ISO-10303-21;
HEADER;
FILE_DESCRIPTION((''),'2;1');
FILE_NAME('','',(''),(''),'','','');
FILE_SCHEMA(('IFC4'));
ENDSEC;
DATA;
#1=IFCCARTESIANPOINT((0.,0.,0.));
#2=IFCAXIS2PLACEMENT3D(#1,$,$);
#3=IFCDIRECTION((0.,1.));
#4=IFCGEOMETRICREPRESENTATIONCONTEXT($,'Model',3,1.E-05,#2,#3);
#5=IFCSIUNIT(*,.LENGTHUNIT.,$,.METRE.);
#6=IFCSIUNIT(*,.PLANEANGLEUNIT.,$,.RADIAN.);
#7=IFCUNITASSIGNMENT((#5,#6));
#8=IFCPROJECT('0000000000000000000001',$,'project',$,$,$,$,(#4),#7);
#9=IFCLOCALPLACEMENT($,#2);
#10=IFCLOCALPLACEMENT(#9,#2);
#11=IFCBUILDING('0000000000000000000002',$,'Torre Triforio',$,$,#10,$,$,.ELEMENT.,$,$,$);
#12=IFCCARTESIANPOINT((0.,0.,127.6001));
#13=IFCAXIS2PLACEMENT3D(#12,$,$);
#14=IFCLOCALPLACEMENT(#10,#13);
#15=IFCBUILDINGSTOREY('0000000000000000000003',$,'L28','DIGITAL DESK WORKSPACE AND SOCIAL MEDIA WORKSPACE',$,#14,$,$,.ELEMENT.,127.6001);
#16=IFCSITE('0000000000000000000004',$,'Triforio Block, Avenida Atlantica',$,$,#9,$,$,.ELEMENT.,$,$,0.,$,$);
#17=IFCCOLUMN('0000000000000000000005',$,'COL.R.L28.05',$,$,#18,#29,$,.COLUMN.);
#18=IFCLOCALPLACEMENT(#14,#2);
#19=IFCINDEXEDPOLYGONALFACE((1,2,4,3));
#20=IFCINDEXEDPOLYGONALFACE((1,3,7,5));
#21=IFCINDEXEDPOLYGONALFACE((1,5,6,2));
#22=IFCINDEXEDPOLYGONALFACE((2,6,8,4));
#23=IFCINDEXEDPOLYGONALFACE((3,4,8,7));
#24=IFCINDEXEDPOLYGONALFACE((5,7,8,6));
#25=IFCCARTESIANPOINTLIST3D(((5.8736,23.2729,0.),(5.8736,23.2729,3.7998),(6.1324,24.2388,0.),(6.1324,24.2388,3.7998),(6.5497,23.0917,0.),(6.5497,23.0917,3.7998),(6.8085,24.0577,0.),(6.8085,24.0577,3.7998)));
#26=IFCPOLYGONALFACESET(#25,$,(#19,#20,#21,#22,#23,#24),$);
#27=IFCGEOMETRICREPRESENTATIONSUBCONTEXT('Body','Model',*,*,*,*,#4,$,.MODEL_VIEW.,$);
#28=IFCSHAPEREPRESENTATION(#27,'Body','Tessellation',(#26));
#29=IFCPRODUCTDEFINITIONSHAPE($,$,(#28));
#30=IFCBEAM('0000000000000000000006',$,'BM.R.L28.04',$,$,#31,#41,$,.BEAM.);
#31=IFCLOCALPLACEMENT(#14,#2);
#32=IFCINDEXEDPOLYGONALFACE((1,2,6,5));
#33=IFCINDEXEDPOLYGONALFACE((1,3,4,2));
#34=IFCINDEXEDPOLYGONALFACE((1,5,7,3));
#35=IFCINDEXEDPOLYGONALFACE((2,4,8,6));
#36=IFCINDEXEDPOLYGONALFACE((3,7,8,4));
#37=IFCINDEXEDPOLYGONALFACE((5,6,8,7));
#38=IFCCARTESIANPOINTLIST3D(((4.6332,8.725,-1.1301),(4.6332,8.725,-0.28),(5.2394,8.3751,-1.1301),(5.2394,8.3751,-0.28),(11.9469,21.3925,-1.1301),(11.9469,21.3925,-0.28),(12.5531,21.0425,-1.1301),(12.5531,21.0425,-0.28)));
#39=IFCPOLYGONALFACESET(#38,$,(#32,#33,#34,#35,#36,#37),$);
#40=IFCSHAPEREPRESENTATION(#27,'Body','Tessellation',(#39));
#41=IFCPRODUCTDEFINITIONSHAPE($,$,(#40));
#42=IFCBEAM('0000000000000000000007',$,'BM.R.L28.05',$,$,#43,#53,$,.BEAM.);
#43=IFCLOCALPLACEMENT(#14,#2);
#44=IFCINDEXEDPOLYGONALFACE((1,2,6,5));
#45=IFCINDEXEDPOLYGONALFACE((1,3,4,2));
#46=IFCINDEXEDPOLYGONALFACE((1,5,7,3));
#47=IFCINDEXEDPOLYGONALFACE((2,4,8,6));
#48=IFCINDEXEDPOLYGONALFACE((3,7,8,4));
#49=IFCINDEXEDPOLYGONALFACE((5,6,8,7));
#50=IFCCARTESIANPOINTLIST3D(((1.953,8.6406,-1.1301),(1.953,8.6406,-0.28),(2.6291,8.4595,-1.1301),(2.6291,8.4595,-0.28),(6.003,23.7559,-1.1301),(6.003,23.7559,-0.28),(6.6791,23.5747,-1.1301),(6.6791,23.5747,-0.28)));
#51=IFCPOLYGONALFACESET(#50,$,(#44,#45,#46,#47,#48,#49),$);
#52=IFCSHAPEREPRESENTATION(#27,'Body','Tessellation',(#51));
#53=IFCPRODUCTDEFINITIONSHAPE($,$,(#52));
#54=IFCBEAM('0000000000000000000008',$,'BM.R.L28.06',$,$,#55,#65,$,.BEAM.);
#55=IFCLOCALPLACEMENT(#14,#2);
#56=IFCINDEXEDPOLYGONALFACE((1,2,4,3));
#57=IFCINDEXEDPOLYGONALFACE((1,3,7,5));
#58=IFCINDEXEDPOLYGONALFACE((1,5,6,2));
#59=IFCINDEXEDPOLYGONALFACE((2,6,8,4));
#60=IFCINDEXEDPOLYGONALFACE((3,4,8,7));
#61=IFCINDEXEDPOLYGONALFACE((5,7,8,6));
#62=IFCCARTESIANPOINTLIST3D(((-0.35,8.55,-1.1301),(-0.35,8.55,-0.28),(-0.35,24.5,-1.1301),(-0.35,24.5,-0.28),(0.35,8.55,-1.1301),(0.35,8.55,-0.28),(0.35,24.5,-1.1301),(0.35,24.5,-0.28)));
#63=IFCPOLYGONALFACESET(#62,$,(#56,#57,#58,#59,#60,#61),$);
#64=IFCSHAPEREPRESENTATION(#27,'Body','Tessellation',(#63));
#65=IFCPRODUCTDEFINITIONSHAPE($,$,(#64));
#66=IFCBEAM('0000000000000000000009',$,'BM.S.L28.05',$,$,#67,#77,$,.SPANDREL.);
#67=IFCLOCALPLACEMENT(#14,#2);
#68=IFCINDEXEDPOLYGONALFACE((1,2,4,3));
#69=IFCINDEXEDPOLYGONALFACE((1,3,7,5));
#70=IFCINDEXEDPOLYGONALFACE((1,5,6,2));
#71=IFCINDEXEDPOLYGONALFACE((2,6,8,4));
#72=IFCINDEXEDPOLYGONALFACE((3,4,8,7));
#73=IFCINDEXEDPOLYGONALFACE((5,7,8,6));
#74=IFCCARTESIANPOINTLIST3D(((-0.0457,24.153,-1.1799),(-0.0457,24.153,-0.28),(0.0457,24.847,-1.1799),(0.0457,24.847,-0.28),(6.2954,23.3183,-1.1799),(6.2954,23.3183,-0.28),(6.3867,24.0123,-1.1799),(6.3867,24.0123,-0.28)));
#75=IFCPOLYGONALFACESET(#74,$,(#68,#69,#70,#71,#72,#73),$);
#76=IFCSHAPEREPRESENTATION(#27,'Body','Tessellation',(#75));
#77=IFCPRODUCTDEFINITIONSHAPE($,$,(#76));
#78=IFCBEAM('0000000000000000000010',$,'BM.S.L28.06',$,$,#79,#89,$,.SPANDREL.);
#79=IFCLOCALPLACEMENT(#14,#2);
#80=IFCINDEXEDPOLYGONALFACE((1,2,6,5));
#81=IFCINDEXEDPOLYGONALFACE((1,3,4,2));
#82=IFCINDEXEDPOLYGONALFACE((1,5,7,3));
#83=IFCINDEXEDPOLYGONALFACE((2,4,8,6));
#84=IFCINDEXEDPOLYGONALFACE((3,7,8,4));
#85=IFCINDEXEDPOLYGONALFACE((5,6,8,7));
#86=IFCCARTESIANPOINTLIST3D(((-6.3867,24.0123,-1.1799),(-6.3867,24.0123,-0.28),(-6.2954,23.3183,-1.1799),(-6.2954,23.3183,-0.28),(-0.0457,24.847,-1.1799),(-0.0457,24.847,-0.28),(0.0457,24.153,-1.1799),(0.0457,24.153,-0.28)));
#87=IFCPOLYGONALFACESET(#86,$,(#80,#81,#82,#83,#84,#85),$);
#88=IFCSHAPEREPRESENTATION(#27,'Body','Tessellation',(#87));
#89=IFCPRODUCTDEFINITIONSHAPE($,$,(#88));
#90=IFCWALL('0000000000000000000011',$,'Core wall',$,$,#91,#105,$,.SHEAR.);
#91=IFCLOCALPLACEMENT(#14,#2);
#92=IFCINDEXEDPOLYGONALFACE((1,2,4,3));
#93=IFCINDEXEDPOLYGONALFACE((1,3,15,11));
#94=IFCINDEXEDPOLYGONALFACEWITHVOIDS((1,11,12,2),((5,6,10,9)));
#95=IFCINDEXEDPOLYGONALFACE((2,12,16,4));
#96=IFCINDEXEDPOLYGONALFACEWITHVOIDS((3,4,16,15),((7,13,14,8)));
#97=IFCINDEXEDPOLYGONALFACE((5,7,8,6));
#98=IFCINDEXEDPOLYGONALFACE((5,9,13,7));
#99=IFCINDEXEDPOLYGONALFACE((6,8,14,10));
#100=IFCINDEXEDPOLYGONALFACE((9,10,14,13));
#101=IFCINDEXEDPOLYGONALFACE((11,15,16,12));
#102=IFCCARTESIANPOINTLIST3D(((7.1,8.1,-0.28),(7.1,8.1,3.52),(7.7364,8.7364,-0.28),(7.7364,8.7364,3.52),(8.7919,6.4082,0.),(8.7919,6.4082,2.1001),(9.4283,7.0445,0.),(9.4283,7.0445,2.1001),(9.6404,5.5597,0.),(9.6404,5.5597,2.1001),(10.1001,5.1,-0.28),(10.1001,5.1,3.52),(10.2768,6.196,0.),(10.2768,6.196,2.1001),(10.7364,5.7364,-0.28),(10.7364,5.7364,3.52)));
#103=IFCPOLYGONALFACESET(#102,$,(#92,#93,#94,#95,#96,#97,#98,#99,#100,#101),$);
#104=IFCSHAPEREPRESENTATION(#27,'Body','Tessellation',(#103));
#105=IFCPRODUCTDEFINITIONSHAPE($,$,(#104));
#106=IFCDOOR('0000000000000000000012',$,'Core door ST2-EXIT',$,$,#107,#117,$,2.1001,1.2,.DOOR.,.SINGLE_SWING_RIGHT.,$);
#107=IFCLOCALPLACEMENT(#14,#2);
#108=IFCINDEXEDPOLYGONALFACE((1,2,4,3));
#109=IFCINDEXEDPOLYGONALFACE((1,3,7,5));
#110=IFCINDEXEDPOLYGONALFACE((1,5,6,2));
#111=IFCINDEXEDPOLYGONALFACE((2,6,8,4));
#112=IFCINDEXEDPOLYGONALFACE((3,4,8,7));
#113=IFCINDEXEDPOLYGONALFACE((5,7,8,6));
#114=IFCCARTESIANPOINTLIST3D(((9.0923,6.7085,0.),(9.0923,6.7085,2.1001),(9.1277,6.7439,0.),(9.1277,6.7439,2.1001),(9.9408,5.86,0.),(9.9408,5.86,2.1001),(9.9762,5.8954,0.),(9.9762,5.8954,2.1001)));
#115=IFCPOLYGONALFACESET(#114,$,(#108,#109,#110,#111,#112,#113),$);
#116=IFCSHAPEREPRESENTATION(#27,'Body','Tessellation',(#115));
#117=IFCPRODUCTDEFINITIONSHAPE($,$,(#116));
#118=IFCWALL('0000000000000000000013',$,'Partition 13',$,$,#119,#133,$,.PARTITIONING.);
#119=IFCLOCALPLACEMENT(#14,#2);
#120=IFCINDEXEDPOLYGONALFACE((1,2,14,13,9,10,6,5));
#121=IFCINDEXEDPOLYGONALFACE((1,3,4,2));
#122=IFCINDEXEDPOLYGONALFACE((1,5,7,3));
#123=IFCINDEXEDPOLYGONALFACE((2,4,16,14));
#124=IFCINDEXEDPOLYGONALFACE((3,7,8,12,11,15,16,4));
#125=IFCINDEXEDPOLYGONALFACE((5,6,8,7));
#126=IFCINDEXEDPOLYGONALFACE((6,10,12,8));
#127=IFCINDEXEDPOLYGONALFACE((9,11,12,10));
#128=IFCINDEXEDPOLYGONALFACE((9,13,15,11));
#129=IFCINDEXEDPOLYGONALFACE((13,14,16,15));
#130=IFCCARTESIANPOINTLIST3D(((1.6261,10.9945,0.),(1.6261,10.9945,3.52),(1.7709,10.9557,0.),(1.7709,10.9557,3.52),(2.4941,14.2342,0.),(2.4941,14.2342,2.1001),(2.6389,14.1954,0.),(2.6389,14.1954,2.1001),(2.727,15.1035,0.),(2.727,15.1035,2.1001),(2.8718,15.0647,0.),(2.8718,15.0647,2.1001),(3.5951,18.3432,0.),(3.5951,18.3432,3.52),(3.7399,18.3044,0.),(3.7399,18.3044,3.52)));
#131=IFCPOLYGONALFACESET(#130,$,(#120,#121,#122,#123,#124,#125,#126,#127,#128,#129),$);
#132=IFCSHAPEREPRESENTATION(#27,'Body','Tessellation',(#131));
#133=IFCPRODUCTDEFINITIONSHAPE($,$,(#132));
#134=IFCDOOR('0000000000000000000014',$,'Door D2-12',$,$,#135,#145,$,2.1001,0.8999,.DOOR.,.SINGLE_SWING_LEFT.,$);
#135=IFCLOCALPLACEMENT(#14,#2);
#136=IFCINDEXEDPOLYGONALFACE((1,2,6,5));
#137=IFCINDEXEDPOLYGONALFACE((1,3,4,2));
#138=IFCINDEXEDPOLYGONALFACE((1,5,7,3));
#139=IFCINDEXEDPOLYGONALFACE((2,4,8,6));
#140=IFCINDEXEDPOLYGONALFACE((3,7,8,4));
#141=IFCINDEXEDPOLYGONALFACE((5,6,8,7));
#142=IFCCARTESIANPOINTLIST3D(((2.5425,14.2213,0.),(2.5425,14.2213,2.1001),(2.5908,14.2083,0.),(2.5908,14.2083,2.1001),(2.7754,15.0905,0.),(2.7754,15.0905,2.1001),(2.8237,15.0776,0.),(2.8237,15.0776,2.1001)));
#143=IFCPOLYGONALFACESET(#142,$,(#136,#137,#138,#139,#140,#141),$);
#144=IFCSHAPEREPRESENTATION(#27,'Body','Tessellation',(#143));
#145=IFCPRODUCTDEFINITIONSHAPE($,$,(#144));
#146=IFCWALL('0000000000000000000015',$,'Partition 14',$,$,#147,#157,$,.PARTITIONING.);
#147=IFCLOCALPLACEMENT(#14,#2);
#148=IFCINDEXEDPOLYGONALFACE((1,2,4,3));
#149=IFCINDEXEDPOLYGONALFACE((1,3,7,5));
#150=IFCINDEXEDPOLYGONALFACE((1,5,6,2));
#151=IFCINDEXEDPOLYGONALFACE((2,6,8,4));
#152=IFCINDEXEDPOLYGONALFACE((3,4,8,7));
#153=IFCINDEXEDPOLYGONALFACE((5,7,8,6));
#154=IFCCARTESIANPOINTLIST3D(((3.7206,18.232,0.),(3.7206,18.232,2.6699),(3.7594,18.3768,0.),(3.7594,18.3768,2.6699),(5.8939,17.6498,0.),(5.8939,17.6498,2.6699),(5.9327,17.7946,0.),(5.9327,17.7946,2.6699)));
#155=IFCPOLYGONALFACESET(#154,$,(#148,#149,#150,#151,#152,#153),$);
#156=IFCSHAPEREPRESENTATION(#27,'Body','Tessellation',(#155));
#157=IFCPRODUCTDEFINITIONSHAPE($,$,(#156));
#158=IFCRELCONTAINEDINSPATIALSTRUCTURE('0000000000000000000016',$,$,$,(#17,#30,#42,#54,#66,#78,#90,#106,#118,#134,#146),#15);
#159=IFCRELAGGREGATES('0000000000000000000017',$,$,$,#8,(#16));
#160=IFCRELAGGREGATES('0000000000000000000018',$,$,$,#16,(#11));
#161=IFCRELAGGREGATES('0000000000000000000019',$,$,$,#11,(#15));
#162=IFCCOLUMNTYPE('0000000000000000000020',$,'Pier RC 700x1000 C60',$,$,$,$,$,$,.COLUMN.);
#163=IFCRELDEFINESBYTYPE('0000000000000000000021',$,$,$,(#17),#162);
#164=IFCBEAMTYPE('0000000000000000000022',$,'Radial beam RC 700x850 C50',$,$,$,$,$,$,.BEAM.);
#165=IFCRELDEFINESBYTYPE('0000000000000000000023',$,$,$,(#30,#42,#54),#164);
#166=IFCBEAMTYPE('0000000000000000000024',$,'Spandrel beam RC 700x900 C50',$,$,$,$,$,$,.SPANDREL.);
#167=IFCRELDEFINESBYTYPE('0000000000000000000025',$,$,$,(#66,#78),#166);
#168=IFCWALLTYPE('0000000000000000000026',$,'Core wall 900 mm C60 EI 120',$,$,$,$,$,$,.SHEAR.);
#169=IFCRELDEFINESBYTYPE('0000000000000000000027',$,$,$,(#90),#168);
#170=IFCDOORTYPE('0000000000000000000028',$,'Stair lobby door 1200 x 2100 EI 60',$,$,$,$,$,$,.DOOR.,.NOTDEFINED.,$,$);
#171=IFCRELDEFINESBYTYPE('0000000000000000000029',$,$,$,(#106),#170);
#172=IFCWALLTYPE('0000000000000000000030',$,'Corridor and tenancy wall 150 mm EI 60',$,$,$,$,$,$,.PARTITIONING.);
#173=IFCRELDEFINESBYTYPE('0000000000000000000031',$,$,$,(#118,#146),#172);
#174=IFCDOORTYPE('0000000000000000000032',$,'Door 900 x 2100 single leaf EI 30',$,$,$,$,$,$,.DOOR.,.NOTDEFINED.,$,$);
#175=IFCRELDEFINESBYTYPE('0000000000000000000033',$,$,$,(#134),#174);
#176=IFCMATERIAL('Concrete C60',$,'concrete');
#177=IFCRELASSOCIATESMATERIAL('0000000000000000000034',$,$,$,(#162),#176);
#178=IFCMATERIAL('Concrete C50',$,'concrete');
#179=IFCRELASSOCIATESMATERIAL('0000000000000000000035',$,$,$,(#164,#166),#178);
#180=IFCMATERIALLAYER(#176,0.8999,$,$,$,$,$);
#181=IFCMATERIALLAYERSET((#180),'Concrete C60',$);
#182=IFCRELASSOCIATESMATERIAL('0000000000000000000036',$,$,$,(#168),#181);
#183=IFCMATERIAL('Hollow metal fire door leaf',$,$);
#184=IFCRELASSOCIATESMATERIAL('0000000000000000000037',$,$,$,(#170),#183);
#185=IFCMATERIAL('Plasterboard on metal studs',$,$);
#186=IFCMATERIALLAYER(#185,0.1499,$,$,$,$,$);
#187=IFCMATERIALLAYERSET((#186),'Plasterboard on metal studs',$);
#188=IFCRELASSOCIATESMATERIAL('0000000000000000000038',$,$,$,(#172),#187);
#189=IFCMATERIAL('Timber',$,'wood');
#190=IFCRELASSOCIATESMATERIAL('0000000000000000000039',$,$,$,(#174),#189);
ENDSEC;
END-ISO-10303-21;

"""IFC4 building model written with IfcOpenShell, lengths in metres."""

from ifc_helpers import new_model, si_unit, direction, frame, frame_2d, origin, origin_2d, place, context, subcontext, project, spatial, rectangle, extrude, material, layer, layer_set, material_profile, profile_set, type_object, element, fill, save


model = new_model("IFC4")

# Units and contexts
model_context = context("Model", 3, precision=1e-05, world=origin(), true_north=direction((0.0, 1.0)))
body_context = subcontext(model_context, "Body", "Model", "MODEL_VIEW")
ifc_project = project(units=[si_unit("LENGTHUNIT", "METRE"), si_unit("PLANEANGLEUNIT", "RADIAN")], contexts=[model_context])

# Site, building, storey
site_placement = place(None, origin())
site = spatial("IfcSite", under=ifc_project, at=site_placement, Name="Triforio Block, Avenida Atlantica", CompositionType="ELEMENT", RefElevation=0.0)
building_placement = place(site_placement, origin())
building = spatial("IfcBuilding", under=site, at=building_placement, Name="Torre Triforio", CompositionType="ELEMENT")
storey_placement = place(building_placement, frame((0.0, 0.0, 127.6001)))
storey = spatial("IfcBuildingStorey", under=building, at=storey_placement, Name="L28", Description="DIGITAL DESK WORKSPACE AND SOCIAL MEDIA WORKSPACE", CompositionType="ELEMENT", Elevation=127.6001)

# Column
ifc_material_1 = material(Name="Concrete C60", Category="concrete")
ifc_material_profile_1 = material_profile(ifc_material_1, rectangle(XDim=0.7, YDim=1.0, at=origin_2d()), Name="RC 700x1000")
ifc_profile_set_1 = profile_set([ifc_material_profile_1], Name="Concrete C60")
column_type = type_object("IfcColumnType", Name="Pier RC 700x1000 C60", PredefinedType="COLUMN", material=ifc_profile_set_1)
column_placement = place(storey_placement, frame((6.3411, 23.6653, 0.0), z_axis=(0.0, 0.0, 1.0), x_axis=(-0.965926, 0.258819, 0.0)))
element("IfcColumn", 1, at=column_placement, inside=storey, type_object=column_type, Name="COL.R.L28.05", PredefinedType="COLUMN", context=body_context, shape_type="SweptSolid", body=[
    extrude(rectangle(XDim=0.7, YDim=1.0, at=origin_2d()), origin(), (0.0, 0.0, 1.0), 3.7998),
])

# Beams
ifc_material_2 = material(Name="Concrete C50", Category="concrete")
ifc_material_profile_2 = material_profile(ifc_material_2, rectangle(XDim=0.7, YDim=0.8501, at=origin_2d()), Name="RC 700x850")
ifc_profile_set_2 = profile_set([ifc_material_profile_2], Name="Concrete C50")
beam_type_1 = type_object("IfcBeamType", Name="Radial beam RC 700x850 C50", PredefinedType="BEAM", material=ifc_profile_set_2)
beam_1_placement = place(storey_placement, frame((4.9363, 8.55, -0.7051), z_axis=(0.500008, 0.866021, 0.0), x_axis=(-0.866021, 0.500008, 0.0)))
element("IfcBeam", 2, at=beam_1_placement, inside=storey, type_object=beam_type_1, Name="BM.R.L28.04", PredefinedType="BEAM", context=body_context, shape_type="SweptSolid", body=[
    extrude(rectangle(XDim=0.7, YDim=0.8501, at=origin_2d()), origin(), (0.0, 0.0, 1.0), 14.6272),
])
beam_2_placement = place(storey_placement, frame((2.291, 8.55, -0.7051), z_axis=(0.258815, 0.965927, 0.0), x_axis=(-0.965927, 0.258815, 0.0)))
element("IfcBeam", 3, at=beam_2_placement, inside=storey, type_object=beam_type_1, Name="BM.R.L28.05", PredefinedType="BEAM", context=body_context, shape_type="SweptSolid", body=[
    extrude(rectangle(XDim=0.7, YDim=0.8501, at=origin_2d()), origin(), (0.0, 0.0, 1.0), 15.6484),
])
beam_3_placement = place(storey_placement, frame((0.0, 8.55, -0.7051), z_axis=(0.0, 1.0, 0.0), x_axis=(-1.0, 0.0, 0.0)))
element("IfcBeam", 4, at=beam_3_placement, inside=storey, type_object=beam_type_1, Name="BM.R.L28.06", PredefinedType="BEAM", context=body_context, shape_type="SweptSolid", body=[
    extrude(rectangle(XDim=0.7, YDim=0.8501, at=origin_2d()), origin(), (0.0, 0.0, 1.0), 15.95),
])
ifc_material_profile_3 = material_profile(ifc_material_2, rectangle(XDim=0.7, YDim=0.8999, at=origin_2d()), Name="RC 700x900")
ifc_profile_set_3 = profile_set([ifc_material_profile_3], Name="Concrete C50")
beam_type_2 = type_object("IfcBeamType", Name="Spandrel beam RC 700x900 C50", PredefinedType="SPANDREL", material=ifc_profile_set_3)
for number, where, z_axis, x_axis, name in (
    (5, (6.3411, 23.6653, -0.73), (-0.991447, 0.130511, 0.0), (-0.130511, -0.991447, 0.0), "BM.S.L28.05"),
    (6, (0.0, 24.5, -0.73), (-0.991447, -0.130511, 0.0), (0.130511, -0.991447, 0.0), "BM.S.L28.06"),
):
    element("IfcBeam", number, at=place(storey_placement, frame(where, z_axis=z_axis, x_axis=x_axis)), inside=storey, type_object=beam_type_2, Name=name, PredefinedType="SPANDREL", context=body_context, shape_type="SweptSolid", body=[
        extrude(rectangle(XDim=0.7, YDim=0.8999, at=origin_2d()), origin(), (0.0, 0.0, 1.0), 6.3958),
    ])

# Walls, openings, doors
ifc_layer_1 = layer(ifc_material_1, 0.8999)
ifc_layer_set_1 = layer_set([ifc_layer_1], Name="Concrete C60")
wall_type_1 = type_object("IfcWallType", Name="Core wall 900 mm C60 EI 120", PredefinedType="SHEAR", material=ifc_layer_set_1)
wall_1_placement = place(storey_placement, frame((7.4182, 8.4182, -0.28), z_axis=(0.0, 0.0, 1.0), x_axis=(0.707107, -0.707107, 0.0)))
wall_1 = element("IfcWall", 7, at=wall_1_placement, inside=storey, type_object=wall_type_1, Name="Core wall", PredefinedType="SHEAR", context=body_context, shape_type="SweptSolid", body=[
    extrude(rectangle(XDim=4.2427, YDim=0.8999, at=frame_2d((2.1213, 0.0))), origin(), (0.0, 0.0, 1.0), 3.8),
])
opening_1_placement = place(wall_1_placement, frame((2.3926, 0.0, 0.28)))
opening_1 = element("IfcOpeningElement", 8, at=opening_1_placement, cuts=wall_1, PredefinedType="OPENING", context=body_context, shape_type="SweptSolid", body=[
    extrude(rectangle(XDim=1.2, YDim=2.1001, at=frame_2d((0.6001, 1.05))), frame((0.0, 0.46, 0.0), z_axis=(0.0, -1.0, 0.0), x_axis=(1.0, 0.0, 0.0)), (0.0, 0.0, 1.0), 0.9199),
])
ifc_material_3 = material(Name="Hollow metal fire door leaf")
door_type_1 = type_object("IfcDoorType", Name="Stair lobby door 1200 x 2100 EI 60", OperationType="NOTDEFINED", PredefinedType="DOOR", material=ifc_material_3)
door_1_placement = place(opening_1_placement, origin())
door_1 = element("IfcDoor", 9, at=door_1_placement, inside=storey, type_object=door_type_1, Name="Core door ST2-EXIT", OperationType="SINGLE_SWING_RIGHT", OverallHeight=2.1001, OverallWidth=1.2, PredefinedType="DOOR", context=body_context, shape_type="SweptSolid", body=[
    extrude(rectangle(XDim=1.2, YDim=2.1001, at=frame_2d((0.6001, 1.05))), frame((0.0, 0.0249, 0.0), z_axis=(0.0, -1.0, 0.0), x_axis=(1.0, 0.0, 0.0)), (0.0, 0.0, 1.0), 0.05),
])
fill(opening_1, door_1)
ifc_material_4 = material(Name="Plasterboard on metal studs")
ifc_layer_2 = layer(ifc_material_4, 0.1499)
ifc_layer_set_2 = layer_set([ifc_layer_2], Name="Plasterboard on metal studs")
wall_type_2 = type_object("IfcWallType", Name="Corridor and tenancy wall 150 mm EI 60", PredefinedType="PARTITIONING", material=ifc_layer_set_2)
wall_2_placement = place(storey_placement, frame((1.6985, 10.9751, 0.0), z_axis=(0.0, 0.0, 1.0), x_axis=(0.258811, 0.965928, 0.0)))
wall_2 = element("IfcWall", 10, at=wall_2_placement, inside=storey, type_object=wall_type_2, Name="Partition 13", PredefinedType="PARTITIONING", context=body_context, shape_type="SweptSolid", body=[
    extrude(rectangle(XDim=7.6079, YDim=0.1499, at=frame_2d((3.804, 0.0))), origin(), (0.0, 0.0, 1.0), 3.52),
])
opening_2_placement = place(wall_2_placement, frame((3.354, 0.0, 0.0)))
opening_2 = element("IfcOpeningElement", 11, at=opening_2_placement, cuts=wall_2, PredefinedType="OPENING", context=body_context, shape_type="SweptSolid", body=[
    extrude(rectangle(XDim=0.8999, YDim=2.1001, at=frame_2d((0.45, 1.05))), frame((0.0, 0.085, 0.0), z_axis=(0.0, -1.0, 0.0), x_axis=(1.0, 0.0, 0.0)), (0.0, 0.0, 1.0), 0.1699),
])
ifc_material_5 = material(Name="Timber", Category="wood")
door_type_2 = type_object("IfcDoorType", Name="Door 900 x 2100 single leaf EI 30", OperationType="NOTDEFINED", PredefinedType="DOOR", material=ifc_material_5)
door_2_placement = place(opening_2_placement, origin())
door_2 = element("IfcDoor", 12, at=door_2_placement, inside=storey, type_object=door_type_2, Name="Door D2-12", OperationType="SINGLE_SWING_LEFT", OverallHeight=2.1001, OverallWidth=0.8999, PredefinedType="DOOR", context=body_context, shape_type="SweptSolid", body=[
    extrude(rectangle(XDim=0.8999, YDim=2.1001, at=frame_2d((0.45, 1.05))), frame((0.0, 0.0249, 0.0), z_axis=(0.0, -1.0, 0.0), x_axis=(1.0, 0.0, 0.0)), (0.0, 0.0, 1.0), 0.05),
])
fill(opening_2, door_2)

# Wall
wall_3_placement = place(storey_placement, frame((3.74, 18.3044, 0.0), z_axis=(0.0, 0.0, 1.0), x_axis=(0.965934, -0.25879, 0.0)))
element("IfcWall", 13, at=wall_3_placement, inside=storey, type_object=wall_type_2, Name="Partition 14", PredefinedType="PARTITIONING", context=body_context, shape_type="SweptSolid", body=[
    extrude(rectangle(XDim=2.25, YDim=0.1499, at=frame_2d((1.125, 0.0))), origin(), (0.0, 0.0, 1.0), 2.6699),
])

save(model, "model.ifc")
